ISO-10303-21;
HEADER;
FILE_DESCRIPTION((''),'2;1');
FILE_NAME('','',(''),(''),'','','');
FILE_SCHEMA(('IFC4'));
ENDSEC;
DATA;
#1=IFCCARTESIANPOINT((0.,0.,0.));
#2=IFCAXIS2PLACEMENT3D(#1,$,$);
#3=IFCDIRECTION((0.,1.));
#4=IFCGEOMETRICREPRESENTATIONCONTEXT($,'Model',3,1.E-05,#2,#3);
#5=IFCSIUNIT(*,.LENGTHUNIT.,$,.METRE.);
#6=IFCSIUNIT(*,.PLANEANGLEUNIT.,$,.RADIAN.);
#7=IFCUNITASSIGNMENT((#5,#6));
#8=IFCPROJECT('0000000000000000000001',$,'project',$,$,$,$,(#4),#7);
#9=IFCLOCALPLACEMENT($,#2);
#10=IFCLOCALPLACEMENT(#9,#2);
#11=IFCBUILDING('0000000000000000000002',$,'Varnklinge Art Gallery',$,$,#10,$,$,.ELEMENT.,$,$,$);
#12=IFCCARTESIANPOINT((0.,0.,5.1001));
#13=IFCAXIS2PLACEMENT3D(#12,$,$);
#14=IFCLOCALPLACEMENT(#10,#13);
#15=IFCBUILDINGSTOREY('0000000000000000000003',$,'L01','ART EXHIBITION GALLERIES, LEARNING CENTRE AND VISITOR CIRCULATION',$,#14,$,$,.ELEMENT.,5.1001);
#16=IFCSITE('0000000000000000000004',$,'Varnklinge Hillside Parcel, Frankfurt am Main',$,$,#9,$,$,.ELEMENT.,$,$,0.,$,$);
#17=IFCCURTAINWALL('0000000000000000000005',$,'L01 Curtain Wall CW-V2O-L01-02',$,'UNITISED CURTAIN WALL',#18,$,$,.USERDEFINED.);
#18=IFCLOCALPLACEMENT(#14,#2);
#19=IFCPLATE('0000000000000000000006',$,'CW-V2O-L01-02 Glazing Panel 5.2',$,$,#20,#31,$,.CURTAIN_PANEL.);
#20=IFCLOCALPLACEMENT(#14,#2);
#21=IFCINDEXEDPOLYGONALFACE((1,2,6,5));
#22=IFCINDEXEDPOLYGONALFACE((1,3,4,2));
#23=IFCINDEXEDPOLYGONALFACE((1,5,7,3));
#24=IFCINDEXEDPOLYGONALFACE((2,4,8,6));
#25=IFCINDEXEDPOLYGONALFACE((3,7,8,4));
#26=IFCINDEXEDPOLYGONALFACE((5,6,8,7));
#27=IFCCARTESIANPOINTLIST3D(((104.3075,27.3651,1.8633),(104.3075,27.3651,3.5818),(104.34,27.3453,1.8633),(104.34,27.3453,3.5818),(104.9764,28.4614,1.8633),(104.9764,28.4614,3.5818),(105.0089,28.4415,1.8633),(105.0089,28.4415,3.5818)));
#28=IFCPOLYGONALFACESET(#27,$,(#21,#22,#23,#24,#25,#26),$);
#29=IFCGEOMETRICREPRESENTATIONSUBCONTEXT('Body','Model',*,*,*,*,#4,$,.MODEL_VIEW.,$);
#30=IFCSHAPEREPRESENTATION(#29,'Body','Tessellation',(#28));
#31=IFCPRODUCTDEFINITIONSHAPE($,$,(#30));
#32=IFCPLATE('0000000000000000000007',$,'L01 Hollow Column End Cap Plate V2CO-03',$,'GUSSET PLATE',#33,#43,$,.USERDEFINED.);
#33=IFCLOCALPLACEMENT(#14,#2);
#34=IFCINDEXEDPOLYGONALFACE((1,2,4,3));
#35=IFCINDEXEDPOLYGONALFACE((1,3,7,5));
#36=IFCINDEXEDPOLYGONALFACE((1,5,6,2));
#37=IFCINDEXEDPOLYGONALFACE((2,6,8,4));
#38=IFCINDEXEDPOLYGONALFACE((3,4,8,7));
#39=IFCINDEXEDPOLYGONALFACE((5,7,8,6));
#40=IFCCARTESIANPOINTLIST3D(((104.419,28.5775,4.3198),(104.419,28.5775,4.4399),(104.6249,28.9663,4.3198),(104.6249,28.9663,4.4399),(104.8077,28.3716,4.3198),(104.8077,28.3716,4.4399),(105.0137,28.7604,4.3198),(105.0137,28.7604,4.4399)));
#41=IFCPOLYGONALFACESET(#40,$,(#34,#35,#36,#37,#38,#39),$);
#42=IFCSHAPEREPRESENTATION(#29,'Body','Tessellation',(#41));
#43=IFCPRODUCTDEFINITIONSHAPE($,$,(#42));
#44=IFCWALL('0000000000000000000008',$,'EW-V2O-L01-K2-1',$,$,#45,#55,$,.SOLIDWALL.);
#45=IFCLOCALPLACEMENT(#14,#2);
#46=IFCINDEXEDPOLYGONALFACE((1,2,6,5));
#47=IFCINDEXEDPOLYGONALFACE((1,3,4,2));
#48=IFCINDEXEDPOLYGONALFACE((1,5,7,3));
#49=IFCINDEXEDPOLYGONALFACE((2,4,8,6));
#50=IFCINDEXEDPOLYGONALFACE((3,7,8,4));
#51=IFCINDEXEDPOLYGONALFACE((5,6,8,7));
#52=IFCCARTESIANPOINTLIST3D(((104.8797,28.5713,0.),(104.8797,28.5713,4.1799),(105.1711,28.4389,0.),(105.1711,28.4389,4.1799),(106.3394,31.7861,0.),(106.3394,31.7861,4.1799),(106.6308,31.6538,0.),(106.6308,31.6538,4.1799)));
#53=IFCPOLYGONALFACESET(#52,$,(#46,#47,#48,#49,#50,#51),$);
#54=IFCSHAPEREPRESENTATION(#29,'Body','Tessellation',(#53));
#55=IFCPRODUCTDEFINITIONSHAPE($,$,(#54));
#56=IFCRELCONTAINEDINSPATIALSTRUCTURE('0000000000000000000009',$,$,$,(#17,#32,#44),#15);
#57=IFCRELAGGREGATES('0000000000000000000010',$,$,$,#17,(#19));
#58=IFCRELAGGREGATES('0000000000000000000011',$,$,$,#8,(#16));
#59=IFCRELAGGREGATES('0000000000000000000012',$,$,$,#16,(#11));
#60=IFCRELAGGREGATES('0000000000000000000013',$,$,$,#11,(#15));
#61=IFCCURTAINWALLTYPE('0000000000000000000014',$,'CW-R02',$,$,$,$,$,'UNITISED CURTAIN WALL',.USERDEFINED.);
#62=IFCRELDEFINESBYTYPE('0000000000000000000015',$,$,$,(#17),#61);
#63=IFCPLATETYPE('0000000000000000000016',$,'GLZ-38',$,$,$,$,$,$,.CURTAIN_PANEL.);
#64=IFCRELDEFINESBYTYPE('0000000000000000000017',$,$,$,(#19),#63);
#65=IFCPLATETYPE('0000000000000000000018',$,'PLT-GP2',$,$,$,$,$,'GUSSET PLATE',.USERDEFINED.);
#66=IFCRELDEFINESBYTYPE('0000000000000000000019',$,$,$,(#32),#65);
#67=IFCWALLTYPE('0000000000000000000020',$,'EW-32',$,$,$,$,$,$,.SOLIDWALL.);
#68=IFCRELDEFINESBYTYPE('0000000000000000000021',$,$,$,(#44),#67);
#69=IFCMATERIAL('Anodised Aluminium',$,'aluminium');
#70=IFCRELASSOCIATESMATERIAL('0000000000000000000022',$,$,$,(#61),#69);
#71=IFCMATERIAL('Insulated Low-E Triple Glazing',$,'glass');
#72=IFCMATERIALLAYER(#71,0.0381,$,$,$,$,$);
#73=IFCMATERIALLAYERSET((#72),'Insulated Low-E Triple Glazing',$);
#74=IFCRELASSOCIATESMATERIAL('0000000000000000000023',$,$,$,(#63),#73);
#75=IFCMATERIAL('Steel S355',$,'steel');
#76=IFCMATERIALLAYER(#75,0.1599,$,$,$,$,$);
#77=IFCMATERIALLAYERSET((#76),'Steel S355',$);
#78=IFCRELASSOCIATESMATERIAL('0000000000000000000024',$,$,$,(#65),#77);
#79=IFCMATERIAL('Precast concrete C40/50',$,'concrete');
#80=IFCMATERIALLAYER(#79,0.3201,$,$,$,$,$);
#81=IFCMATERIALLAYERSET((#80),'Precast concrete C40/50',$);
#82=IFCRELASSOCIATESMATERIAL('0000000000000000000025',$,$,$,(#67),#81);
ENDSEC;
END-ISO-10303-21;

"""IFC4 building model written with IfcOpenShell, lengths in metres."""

from ifc_helpers import new_model, si_unit, direction, frame, frame_2d, origin, origin_2d, place, context, subcontext, project, spatial, rectangle, extrude, material, layer, layer_set, type_object, element, aggregate, save


model = new_model("IFC4")

# Units and contexts
model_context = context("Model", 3, precision=1e-05, world=origin(), true_north=direction((0.0, 1.0)))
body_context = subcontext(model_context, "Body", "Model", "MODEL_VIEW")
ifc_project = project(units=[si_unit("LENGTHUNIT", "METRE"), si_unit("PLANEANGLEUNIT", "RADIAN")], contexts=[model_context])

# Site, building, storey
site_placement = place(None, origin())
site = spatial("IfcSite", under=ifc_project, at=site_placement, Name="Varnklinge Hillside Parcel, Frankfurt am Main", CompositionType="ELEMENT", RefElevation=0.0)
building_placement = place(site_placement, origin())
building = spatial("IfcBuilding", under=site, at=building_placement, Name="Varnklinge Art Gallery", CompositionType="ELEMENT")
storey_placement = place(building_placement, frame((0.0, 0.0, 5.1001)))
storey = spatial("IfcBuildingStorey", under=building, at=storey_placement, Name="L01", Description="ART EXHIBITION GALLERIES, LEARNING CENTRE AND VISITOR CIRCULATION", CompositionType="ELEMENT", Elevation=5.1001)

# Curtain wall
ifc_material_1 = material(Name="Anodised Aluminium", Category="aluminium")
curtain_wall_type = type_object("IfcCurtainWallType", Name="CW-R02", ElementType="UNITISED CURTAIN WALL", PredefinedType="USERDEFINED", material=ifc_material_1)
curtain_wall_placement = place(storey_placement, origin())
curtain_wall = element("IfcCurtainWall", 1, at=curtain_wall_placement, inside=storey, type_object=curtain_wall_type, Name="L01 Curtain Wall CW-V2O-L01-02", ObjectType="UNITISED CURTAIN WALL", PredefinedType="USERDEFINED")

# Plates
ifc_material_2 = material(Name="Insulated Low-E Triple Glazing", Category="glass")
ifc_layer_1 = layer(ifc_material_2, 0.0381)
ifc_layer_set_1 = layer_set([ifc_layer_1], Name="Insulated Low-E Triple Glazing")
plate_type_1 = type_object("IfcPlateType", Name="GLZ-38", PredefinedType="CURTAIN_PANEL", material=ifc_layer_set_1)
plate_1_placement = place(storey_placement, frame((104.6582, 27.9033, 1.8633), z_axis=(0.0, 0.0, 1.0), x_axis=(0.520861, 0.853642, 0.0)))
plate_1 = element("IfcPlate", 2, at=plate_1_placement, type_object=plate_type_1, Name="CW-V2O-L01-02 Glazing Panel 5.2", PredefinedType="CURTAIN_PANEL", context=body_context, shape_type="SweptSolid", body=[
    extrude(rectangle(XDim=1.2842, YDim=0.0381, at=origin_2d()), origin(), (0.0, 0.0, 1.0), 1.7185),
])
aggregate(curtain_wall, [plate_1])
ifc_material_3 = material(Name="Steel S355", Category="steel")
ifc_layer_2 = layer(ifc_material_3, 0.1599)
ifc_layer_set_2 = layer_set([ifc_layer_2], Name="Steel S355")
plate_type_2 = type_object("IfcPlateType", Name="PLT-GP2", ElementType="GUSSET PLATE", PredefinedType="USERDEFINED", material=ifc_layer_set_2)
plate_2_placement = place(storey_placement, frame((104.7163, 28.6689, 4.3198), z_axis=(0.0, 0.0, 1.0), x_axis=(-0.883684, 0.468084, 0.0)))
element("IfcPlate", 3, at=plate_2_placement, inside=storey, type_object=plate_type_2, Name="L01 Hollow Column End Cap Plate V2CO-03", ObjectType="GUSSET PLATE", PredefinedType="USERDEFINED", context=body_context, shape_type="SweptSolid", body=[
    extrude(rectangle(XDim=0.4399, YDim=0.4399, at=origin_2d()), origin(), (0.0, 0.0, 1.0), 0.1201),
])

# Wall
ifc_material_4 = material(Name="Precast concrete C40/50", Category="concrete")
ifc_layer_3 = layer(ifc_material_4, 0.3201)
ifc_layer_set_3 = layer_set([ifc_layer_3], Name="Precast concrete C40/50")
wall_type = type_object("IfcWallType", Name="EW-32", PredefinedType="SOLIDWALL", material=ifc_layer_set_3)
wall_placement = place(storey_placement, frame((106.4851, 31.72, 0.0), z_axis=(0.0, 0.0, 1.0), x_axis=(-0.413433, -0.910535, 0.0)))
element("IfcWall", 4, at=wall_placement, inside=storey, type_object=wall_type, Name="EW-V2O-L01-K2-1", PredefinedType="SOLIDWALL", context=body_context, shape_type="SweptSolid", body=[
    extrude(rectangle(XDim=3.5308, YDim=0.3201, at=frame_2d((1.7654, 0.0))), origin(), (0.0, 0.0, 1.0), 4.1799),
])

save(model, "model.ifc")
